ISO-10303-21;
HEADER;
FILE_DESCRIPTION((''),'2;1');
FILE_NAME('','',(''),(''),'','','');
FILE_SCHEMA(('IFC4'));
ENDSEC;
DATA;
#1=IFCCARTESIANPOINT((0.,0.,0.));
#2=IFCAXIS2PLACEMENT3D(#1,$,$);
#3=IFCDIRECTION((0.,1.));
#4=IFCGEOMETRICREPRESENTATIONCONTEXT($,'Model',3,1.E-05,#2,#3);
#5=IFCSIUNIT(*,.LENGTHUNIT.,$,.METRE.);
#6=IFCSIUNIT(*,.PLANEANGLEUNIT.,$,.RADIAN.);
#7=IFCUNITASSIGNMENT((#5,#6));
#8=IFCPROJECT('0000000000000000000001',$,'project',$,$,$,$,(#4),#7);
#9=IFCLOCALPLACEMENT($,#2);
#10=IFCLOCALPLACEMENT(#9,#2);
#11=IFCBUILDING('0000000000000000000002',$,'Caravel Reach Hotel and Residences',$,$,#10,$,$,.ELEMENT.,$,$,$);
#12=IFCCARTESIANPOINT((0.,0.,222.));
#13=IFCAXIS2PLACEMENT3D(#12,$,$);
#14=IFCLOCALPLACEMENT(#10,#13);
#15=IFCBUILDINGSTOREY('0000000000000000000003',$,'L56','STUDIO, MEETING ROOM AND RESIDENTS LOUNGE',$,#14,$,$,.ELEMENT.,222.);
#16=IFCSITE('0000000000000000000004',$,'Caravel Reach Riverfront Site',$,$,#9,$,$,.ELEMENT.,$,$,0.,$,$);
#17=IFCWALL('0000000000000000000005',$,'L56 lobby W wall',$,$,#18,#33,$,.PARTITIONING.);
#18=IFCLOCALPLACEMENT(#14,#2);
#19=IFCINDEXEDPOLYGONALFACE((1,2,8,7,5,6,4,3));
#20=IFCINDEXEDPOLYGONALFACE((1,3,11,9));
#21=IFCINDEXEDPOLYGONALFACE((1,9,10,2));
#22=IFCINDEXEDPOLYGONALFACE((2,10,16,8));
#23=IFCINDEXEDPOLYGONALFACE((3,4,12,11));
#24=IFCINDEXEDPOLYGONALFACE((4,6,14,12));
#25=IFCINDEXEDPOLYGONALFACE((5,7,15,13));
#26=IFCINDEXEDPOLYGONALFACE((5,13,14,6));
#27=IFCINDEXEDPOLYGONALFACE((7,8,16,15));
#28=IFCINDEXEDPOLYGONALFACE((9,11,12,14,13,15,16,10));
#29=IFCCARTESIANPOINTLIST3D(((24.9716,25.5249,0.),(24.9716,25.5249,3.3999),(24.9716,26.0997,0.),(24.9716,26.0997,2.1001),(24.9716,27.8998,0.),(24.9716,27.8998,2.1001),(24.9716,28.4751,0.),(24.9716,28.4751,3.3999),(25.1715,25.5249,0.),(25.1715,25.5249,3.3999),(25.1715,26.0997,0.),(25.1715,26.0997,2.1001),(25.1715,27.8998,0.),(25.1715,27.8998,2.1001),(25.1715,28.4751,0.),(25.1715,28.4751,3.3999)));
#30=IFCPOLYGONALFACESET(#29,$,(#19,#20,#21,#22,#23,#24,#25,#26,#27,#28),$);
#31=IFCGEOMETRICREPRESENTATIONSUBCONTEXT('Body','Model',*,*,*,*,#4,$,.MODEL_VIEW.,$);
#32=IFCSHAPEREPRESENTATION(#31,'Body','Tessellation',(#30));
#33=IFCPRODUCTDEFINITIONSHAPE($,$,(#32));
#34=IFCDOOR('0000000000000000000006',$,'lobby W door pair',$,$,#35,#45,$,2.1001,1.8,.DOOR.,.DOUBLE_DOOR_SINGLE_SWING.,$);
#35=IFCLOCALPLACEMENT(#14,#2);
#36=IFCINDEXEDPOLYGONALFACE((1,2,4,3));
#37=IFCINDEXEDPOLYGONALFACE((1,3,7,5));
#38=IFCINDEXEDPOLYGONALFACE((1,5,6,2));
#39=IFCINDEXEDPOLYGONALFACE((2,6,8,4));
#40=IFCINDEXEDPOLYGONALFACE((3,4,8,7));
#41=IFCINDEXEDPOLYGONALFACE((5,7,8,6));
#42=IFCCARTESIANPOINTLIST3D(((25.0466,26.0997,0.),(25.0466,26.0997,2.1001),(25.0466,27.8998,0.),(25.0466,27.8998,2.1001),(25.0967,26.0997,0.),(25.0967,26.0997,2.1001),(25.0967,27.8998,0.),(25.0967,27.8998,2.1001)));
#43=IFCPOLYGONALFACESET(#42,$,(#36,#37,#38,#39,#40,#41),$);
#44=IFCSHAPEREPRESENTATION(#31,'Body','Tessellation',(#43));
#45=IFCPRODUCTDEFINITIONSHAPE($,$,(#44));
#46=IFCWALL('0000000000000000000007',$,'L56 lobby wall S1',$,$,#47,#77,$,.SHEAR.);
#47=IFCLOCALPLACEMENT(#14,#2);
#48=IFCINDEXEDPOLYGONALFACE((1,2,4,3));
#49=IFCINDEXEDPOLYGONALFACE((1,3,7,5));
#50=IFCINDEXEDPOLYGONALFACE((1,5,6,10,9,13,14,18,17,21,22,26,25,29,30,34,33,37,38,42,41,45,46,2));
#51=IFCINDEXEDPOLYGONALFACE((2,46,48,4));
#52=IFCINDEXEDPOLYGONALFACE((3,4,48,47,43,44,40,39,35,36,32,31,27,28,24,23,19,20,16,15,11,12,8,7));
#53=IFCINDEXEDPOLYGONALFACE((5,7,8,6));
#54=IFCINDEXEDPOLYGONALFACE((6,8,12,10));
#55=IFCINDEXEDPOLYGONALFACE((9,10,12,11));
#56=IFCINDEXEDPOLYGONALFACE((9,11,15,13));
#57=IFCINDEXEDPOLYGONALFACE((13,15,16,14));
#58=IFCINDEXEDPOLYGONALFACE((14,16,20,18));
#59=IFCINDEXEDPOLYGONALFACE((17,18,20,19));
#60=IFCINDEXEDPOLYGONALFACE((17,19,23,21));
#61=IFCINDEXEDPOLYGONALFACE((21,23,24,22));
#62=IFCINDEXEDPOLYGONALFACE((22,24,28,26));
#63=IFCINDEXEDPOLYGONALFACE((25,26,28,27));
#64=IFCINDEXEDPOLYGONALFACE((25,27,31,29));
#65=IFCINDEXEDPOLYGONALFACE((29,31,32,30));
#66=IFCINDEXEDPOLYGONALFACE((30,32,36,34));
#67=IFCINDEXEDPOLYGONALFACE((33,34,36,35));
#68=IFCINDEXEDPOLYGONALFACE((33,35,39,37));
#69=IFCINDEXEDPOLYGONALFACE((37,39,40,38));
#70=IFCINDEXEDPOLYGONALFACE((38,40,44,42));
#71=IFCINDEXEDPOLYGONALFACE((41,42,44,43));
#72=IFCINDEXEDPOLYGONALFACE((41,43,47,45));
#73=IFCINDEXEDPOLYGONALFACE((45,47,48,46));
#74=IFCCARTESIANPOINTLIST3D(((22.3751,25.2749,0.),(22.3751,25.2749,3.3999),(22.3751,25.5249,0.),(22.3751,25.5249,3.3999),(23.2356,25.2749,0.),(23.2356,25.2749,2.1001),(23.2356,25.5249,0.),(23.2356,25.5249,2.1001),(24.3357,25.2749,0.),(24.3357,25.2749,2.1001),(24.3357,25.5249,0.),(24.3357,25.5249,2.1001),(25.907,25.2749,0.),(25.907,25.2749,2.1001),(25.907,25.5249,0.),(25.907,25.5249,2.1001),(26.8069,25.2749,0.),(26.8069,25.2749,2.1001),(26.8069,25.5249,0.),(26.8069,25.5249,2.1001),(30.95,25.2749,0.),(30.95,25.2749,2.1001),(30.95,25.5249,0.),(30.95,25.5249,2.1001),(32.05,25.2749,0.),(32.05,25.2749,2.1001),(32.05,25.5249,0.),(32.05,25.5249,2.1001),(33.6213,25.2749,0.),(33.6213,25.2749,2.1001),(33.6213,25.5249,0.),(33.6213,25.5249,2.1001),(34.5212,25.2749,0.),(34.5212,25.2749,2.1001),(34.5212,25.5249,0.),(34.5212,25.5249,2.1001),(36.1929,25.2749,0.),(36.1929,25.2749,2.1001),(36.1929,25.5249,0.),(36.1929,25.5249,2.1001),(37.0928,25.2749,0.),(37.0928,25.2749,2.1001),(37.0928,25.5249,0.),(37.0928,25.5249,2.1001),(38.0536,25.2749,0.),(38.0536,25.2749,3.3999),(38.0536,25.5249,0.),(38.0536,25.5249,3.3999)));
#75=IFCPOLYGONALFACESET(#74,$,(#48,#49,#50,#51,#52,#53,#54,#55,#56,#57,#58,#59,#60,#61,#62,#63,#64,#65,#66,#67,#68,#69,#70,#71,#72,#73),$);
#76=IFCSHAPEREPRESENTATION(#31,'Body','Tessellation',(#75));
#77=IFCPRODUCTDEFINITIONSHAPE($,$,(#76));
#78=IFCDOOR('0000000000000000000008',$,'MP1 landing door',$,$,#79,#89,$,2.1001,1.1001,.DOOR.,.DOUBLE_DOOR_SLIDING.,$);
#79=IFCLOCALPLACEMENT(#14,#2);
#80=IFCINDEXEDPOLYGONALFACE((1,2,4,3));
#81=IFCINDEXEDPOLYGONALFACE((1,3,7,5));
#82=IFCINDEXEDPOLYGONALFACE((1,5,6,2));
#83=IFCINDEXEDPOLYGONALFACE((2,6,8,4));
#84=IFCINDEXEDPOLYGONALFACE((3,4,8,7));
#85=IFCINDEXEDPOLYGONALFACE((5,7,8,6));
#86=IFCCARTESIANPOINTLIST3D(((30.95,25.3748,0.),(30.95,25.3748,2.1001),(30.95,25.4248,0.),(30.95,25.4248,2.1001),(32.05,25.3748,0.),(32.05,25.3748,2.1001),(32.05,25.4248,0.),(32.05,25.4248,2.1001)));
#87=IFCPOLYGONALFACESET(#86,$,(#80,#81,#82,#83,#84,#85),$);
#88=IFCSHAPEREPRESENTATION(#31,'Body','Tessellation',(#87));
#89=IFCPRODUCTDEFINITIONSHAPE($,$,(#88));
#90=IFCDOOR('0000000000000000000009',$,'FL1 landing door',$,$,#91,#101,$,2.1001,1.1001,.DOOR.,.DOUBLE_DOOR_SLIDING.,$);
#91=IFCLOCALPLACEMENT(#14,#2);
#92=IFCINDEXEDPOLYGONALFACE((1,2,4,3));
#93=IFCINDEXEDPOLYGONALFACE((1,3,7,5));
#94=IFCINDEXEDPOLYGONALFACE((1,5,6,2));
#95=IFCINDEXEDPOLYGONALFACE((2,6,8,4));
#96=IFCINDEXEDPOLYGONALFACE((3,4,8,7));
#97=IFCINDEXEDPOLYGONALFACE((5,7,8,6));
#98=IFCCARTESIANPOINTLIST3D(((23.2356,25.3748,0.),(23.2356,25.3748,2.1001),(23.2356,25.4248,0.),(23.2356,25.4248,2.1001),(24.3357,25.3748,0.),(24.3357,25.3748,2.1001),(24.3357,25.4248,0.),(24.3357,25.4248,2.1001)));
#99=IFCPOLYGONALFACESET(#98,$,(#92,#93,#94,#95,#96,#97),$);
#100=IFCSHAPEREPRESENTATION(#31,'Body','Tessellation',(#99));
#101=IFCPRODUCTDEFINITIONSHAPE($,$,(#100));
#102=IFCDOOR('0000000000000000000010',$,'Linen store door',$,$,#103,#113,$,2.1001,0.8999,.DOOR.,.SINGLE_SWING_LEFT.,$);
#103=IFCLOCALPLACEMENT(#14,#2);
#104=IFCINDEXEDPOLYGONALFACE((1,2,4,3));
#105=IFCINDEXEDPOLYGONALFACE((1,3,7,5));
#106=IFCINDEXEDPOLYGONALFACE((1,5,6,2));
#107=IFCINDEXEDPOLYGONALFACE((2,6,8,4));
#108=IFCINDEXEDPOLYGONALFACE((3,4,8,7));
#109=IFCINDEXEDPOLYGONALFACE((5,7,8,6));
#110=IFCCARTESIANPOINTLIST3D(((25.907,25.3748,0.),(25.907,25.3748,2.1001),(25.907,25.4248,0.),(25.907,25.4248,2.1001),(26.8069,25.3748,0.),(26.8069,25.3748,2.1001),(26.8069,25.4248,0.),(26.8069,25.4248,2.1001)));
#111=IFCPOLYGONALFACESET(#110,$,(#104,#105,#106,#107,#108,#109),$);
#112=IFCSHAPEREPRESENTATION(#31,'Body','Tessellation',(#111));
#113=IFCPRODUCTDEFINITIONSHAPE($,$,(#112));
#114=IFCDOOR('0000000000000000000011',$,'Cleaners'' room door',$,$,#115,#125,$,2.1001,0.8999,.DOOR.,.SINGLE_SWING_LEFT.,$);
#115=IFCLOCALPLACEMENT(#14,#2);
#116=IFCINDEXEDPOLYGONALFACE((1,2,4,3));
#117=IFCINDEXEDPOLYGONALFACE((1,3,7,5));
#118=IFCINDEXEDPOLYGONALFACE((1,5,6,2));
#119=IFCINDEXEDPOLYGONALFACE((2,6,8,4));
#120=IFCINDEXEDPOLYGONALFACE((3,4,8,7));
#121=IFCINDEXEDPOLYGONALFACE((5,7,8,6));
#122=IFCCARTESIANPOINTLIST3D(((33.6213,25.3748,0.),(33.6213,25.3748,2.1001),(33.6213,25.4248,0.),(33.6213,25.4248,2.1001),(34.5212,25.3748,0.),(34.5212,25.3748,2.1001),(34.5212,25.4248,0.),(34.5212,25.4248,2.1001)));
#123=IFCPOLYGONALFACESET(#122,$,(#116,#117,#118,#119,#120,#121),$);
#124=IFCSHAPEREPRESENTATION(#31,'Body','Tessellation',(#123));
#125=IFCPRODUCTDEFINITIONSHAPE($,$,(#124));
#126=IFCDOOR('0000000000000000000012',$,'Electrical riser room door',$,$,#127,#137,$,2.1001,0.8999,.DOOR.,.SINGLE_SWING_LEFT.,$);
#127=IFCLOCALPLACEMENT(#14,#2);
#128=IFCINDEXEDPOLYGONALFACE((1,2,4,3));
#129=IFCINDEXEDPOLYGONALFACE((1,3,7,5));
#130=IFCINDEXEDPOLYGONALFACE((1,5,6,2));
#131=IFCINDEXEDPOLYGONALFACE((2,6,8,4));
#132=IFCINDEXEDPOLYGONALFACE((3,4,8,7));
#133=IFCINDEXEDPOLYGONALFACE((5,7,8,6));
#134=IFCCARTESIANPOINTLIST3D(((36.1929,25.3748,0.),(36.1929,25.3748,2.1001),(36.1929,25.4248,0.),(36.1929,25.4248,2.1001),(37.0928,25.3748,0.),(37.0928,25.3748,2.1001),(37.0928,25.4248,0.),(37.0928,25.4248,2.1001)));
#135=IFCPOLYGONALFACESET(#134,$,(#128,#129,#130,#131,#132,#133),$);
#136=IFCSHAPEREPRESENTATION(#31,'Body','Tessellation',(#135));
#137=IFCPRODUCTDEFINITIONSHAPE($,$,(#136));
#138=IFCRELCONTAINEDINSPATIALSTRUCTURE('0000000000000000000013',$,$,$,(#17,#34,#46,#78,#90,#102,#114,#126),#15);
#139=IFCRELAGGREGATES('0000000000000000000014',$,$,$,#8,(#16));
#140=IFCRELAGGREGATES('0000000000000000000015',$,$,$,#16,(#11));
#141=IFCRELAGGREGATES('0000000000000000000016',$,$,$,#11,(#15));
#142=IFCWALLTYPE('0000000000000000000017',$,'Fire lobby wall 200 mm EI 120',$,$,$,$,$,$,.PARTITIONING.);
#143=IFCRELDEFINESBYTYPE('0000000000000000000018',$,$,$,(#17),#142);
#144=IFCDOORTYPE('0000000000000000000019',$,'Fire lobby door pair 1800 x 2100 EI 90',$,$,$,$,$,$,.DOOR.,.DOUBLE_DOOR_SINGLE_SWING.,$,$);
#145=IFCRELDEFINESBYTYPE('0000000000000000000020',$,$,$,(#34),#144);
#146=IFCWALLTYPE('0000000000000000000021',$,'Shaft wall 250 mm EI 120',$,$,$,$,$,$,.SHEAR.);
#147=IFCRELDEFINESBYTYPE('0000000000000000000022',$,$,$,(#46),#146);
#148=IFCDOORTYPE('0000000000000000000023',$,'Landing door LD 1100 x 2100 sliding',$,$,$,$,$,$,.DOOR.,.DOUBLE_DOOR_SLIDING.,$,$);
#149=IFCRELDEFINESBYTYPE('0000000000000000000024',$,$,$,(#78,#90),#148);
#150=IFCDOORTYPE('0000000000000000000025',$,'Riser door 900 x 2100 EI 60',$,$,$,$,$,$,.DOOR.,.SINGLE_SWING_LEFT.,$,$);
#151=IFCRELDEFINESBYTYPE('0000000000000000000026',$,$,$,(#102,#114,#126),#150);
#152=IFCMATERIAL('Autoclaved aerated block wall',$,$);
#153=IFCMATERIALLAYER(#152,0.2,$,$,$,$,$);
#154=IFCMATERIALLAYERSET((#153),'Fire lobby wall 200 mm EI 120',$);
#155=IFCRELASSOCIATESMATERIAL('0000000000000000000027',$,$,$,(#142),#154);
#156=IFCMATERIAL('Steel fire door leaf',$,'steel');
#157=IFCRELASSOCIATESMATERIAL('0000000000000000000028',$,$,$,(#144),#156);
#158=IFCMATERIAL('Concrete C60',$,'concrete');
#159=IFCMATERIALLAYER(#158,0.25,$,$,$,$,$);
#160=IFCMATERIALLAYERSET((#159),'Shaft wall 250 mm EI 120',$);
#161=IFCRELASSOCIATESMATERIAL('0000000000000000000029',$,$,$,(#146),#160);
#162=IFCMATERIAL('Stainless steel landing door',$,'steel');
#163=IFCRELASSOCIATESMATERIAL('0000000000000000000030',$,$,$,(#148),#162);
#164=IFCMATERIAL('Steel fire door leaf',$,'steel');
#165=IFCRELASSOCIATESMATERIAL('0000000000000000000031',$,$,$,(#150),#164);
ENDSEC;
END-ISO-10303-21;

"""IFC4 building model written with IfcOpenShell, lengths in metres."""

from ifc_helpers import new_model, si_unit, direction, frame, frame_2d, origin, place, context, subcontext, project, spatial, rectangle, extrude, material, layer, layer_set, type_object, element, fill, save


model = new_model("IFC4")

# Units and contexts
model_context = context("Model", 3, precision=1e-05, world=origin(), true_north=direction((0.0, 1.0)))
body_context = subcontext(model_context, "Body", "Model", "MODEL_VIEW")
ifc_project = project(units=[si_unit("LENGTHUNIT", "METRE"), si_unit("PLANEANGLEUNIT", "RADIAN")], contexts=[model_context])

# Site, building, storey
site_placement = place(None, origin())
site = spatial("IfcSite", under=ifc_project, at=site_placement, Name="Caravel Reach Riverfront Site", CompositionType="ELEMENT", RefElevation=0.0)
building_placement = place(site_placement, origin())
building = spatial("IfcBuilding", under=site, at=building_placement, Name="Caravel Reach Hotel and Residences", CompositionType="ELEMENT")
storey_placement = place(building_placement, frame((0.0, 0.0, 222.0)))
storey = spatial("IfcBuildingStorey", under=building, at=storey_placement, Name="L56", Description="STUDIO, MEETING ROOM AND RESIDENTS LOUNGE", CompositionType="ELEMENT", Elevation=222.0)

# Wall, opening, door
ifc_material_1 = material(Name="Autoclaved aerated block wall")
ifc_layer_1 = layer(ifc_material_1, 0.2)
ifc_layer_set_1 = layer_set([ifc_layer_1], Name="Fire lobby wall 200 mm EI 120")
wall_type_1 = type_object("IfcWallType", Name="Fire lobby wall 200 mm EI 120", PredefinedType="PARTITIONING", material=ifc_layer_set_1)
wall_1_placement = place(storey_placement, frame((25.0715, 25.5249, 0.0), z_axis=(0.0, 0.0, 1.0), x_axis=(0.0, 1.0, 0.0)))
wall_1 = element("IfcWall", 1, at=wall_1_placement, inside=storey, type_object=wall_type_1, Name="L56 lobby W wall", PredefinedType="PARTITIONING", context=body_context, shape_type="SweptSolid", body=[
    extrude(rectangle(XDim=2.9502, YDim=0.2, at=frame_2d((1.4751, 0.0))), origin(), (0.0, 0.0, 1.0), 3.3999),
])
opening_1_placement = place(wall_1_placement, frame((0.575, 0.0, 0.0)))
opening_1 = element("IfcOpeningElement", 2, at=opening_1_placement, cuts=wall_1, PredefinedType="OPENING", context=body_context, shape_type="SweptSolid", body=[
    extrude(rectangle(XDim=1.8, YDim=2.1001, at=frame_2d((0.8999, 1.05))), frame((0.0, 0.1099, 0.0), z_axis=(0.0, -1.0, 0.0), x_axis=(1.0, 0.0, 0.0)), (0.0, 0.0, 1.0), 0.22),
])
ifc_material_2 = material(Name="Steel fire door leaf", Category="steel")
door_type_1 = type_object("IfcDoorType", Name="Fire lobby door pair 1800 x 2100 EI 90", OperationType="DOUBLE_DOOR_SINGLE_SWING", PredefinedType="DOOR", material=ifc_material_2)
door_1_placement = place(opening_1_placement, origin())
door_1 = element("IfcDoor", 3, at=door_1_placement, inside=storey, type_object=door_type_1, Name="lobby W door pair", OperationType="DOUBLE_DOOR_SINGLE_SWING", OverallHeight=2.1001, OverallWidth=1.8, PredefinedType="DOOR", context=body_context, shape_type="SweptSolid", body=[
    extrude(rectangle(XDim=1.8, YDim=2.1001, at=frame_2d((0.8999, 1.05))), frame((0.0, 0.0249, 0.0), z_axis=(0.0, -1.0, 0.0), x_axis=(1.0, 0.0, 0.0)), (0.0, 0.0, 1.0), 0.05),
])
fill(opening_1, door_1)

# Wall, openings, doors
ifc_material_3 = material(Name="Concrete C60", Category="concrete")
ifc_layer_2 = layer(ifc_material_3, 0.25)
ifc_layer_set_2 = layer_set([ifc_layer_2], Name="Shaft wall 250 mm EI 120")
wall_type_2 = type_object("IfcWallType", Name="Shaft wall 250 mm EI 120", PredefinedType="SHEAR", material=ifc_layer_set_2)
wall_2_placement = place(storey_placement, frame((22.375, 25.3999, 0.0), z_axis=(0.0, 0.0, 1.0), x_axis=(1.0, 0.0, 0.0)))
wall_2 = element("IfcWall", 4, at=wall_2_placement, inside=storey, type_object=wall_type_2, Name="L56 lobby wall S1", PredefinedType="SHEAR", context=body_context, shape_type="SweptSolid", body=[
    extrude(rectangle(XDim=15.6785, YDim=0.25, at=frame_2d((7.8394, 0.0))), origin(), (0.0, 0.0, 1.0), 3.3999),
])
opening_2_placement = place(wall_2_placement, frame((8.575, 0.0, 0.0)))
opening_2 = element("IfcOpeningElement", 5, at=opening_2_placement, cuts=wall_2, PredefinedType="OPENING", context=body_context, shape_type="SweptSolid", body=[
    extrude(rectangle(XDim=1.1001, YDim=2.1001, at=frame_2d((0.55, 1.05))), frame((0.0, 0.135, 0.0), z_axis=(0.0, -1.0, 0.0), x_axis=(1.0, 0.0, 0.0)), (0.0, 0.0, 1.0), 0.27),
])
opening_3_placement = place(wall_2_placement, frame((0.8606, 0.0, 0.0)))
opening_3 = element("IfcOpeningElement", 6, at=opening_3_placement, cuts=wall_2, PredefinedType="OPENING", context=body_context, shape_type="SweptSolid", body=[
    extrude(rectangle(XDim=1.1001, YDim=2.1001, at=frame_2d((0.55, 1.05))), frame((0.0, 0.135, 0.0), z_axis=(0.0, -1.0, 0.0), x_axis=(1.0, 0.0, 0.0)), (0.0, 0.0, 1.0), 0.27),
])
opening_4_placement = place(wall_2_placement, frame((3.532, 0.0, 0.0)))
opening_4 = element("IfcOpeningElement", 7, at=opening_4_placement, cuts=wall_2, PredefinedType="OPENING", context=body_context, shape_type="SweptSolid", body=[
    extrude(rectangle(XDim=0.8999, YDim=2.1001, at=frame_2d((0.45, 1.05))), frame((0.0, 0.135, 0.0), z_axis=(0.0, -1.0, 0.0), x_axis=(1.0, 0.0, 0.0)), (0.0, 0.0, 1.0), 0.27),
])
opening_5_placement = place(wall_2_placement, frame((11.2463, 0.0, 0.0)))
opening_5 = element("IfcOpeningElement", 8, at=opening_5_placement, cuts=wall_2, PredefinedType="OPENING", context=body_context, shape_type="SweptSolid", body=[
    extrude(rectangle(XDim=0.8999, YDim=2.1001, at=frame_2d((0.45, 1.05))), frame((0.0, 0.135, 0.0), z_axis=(0.0, -1.0, 0.0), x_axis=(1.0, 0.0, 0.0)), (0.0, 0.0, 1.0), 0.27),
])
opening_6_placement = place(wall_2_placement, frame((13.8179, 0.0, 0.0)))
opening_6 = element("IfcOpeningElement", 9, at=opening_6_placement, cuts=wall_2, PredefinedType="OPENING", context=body_context, shape_type="SweptSolid", body=[
    extrude(rectangle(XDim=0.8999, YDim=2.1001, at=frame_2d((0.45, 1.05))), frame((0.0, 0.135, 0.0), z_axis=(0.0, -1.0, 0.0), x_axis=(1.0, 0.0, 0.0)), (0.0, 0.0, 1.0), 0.27),
])
ifc_material_4 = material(Name="Stainless steel landing door", Category="steel")
door_type_2 = type_object("IfcDoorType", Name="Landing door LD 1100 x 2100 sliding", OperationType="DOUBLE_DOOR_SLIDING", PredefinedType="DOOR", material=ifc_material_4)
door_2_placement = place(opening_2_placement, origin())
door_2 = element("IfcDoor", 10, at=door_2_placement, inside=storey, type_object=door_type_2, Name="MP1 landing door", OperationType="DOUBLE_DOOR_SLIDING", OverallHeight=2.1001, OverallWidth=1.1001, PredefinedType="DOOR", context=body_context, shape_type="SweptSolid", body=[
    extrude(rectangle(XDim=1.1001, YDim=2.1001, at=frame_2d((0.55, 1.05))), frame((0.0, 0.0249, 0.0), z_axis=(0.0, -1.0, 0.0), x_axis=(1.0, 0.0, 0.0)), (0.0, 0.0, 1.0), 0.05),
])
fill(opening_2, door_2)
door_3_placement = place(opening_3_placement, origin())
door_3 = element("IfcDoor", 11, at=door_3_placement, inside=storey, type_object=door_type_2, Name="FL1 landing door", OperationType="DOUBLE_DOOR_SLIDING", OverallHeight=2.1001, OverallWidth=1.1001, PredefinedType="DOOR", context=body_context, shape_type="SweptSolid", body=[
    extrude(rectangle(XDim=1.1001, YDim=2.1001, at=frame_2d((0.55, 1.05))), frame((0.0, 0.0249, 0.0), z_axis=(0.0, -1.0, 0.0), x_axis=(1.0, 0.0, 0.0)), (0.0, 0.0, 1.0), 0.05),
])
fill(opening_3, door_3)
ifc_material_5 = material(Name="Steel fire door leaf", Category="steel")
door_type_3 = type_object("IfcDoorType", Name="Riser door 900 x 2100 EI 60", OperationType="SINGLE_SWING_LEFT", PredefinedType="DOOR", material=ifc_material_5)
door_4_placement = place(opening_4_placement, origin())
door_4 = element("IfcDoor", 12, at=door_4_placement, inside=storey, type_object=door_type_3, Name="Linen store door", OperationType="SINGLE_SWING_LEFT", OverallHeight=2.1001, OverallWidth=0.8999, PredefinedType="DOOR", context=body_context, shape_type="SweptSolid", body=[
    extrude(rectangle(XDim=0.8999, YDim=2.1001, at=frame_2d((0.45, 1.05))), frame((0.0, 0.0249, 0.0), z_axis=(0.0, -1.0, 0.0), x_axis=(1.0, 0.0, 0.0)), (0.0, 0.0, 1.0), 0.05),
])
fill(opening_4, door_4)
door_5_placement = place(opening_5_placement, origin())
door_5 = element("IfcDoor", 13, at=door_5_placement, inside=storey, type_object=door_type_3, Name="Cleaners' room door", OperationType="SINGLE_SWING_LEFT", OverallHeight=2.1001, OverallWidth=0.8999, PredefinedType="DOOR", context=body_context, shape_type="SweptSolid", body=[
    extrude(rectangle(XDim=0.8999, YDim=2.1001, at=frame_2d((0.45, 1.05))), frame((0.0, 0.0249, 0.0), z_axis=(0.0, -1.0, 0.0), x_axis=(1.0, 0.0, 0.0)), (0.0, 0.0, 1.0), 0.05),
])
fill(opening_5, door_5)
door_6_placement = place(opening_6_placement, origin())
door_6 = element("IfcDoor", 14, at=door_6_placement, inside=storey, type_object=door_type_3, Name="Electrical riser room door", OperationType="SINGLE_SWING_LEFT", OverallHeight=2.1001, OverallWidth=0.8999, PredefinedType="DOOR", context=body_context, shape_type="SweptSolid", body=[
    extrude(rectangle(XDim=0.8999, YDim=2.1001, at=frame_2d((0.45, 1.05))), frame((0.0, 0.0249, 0.0), z_axis=(0.0, -1.0, 0.0), x_axis=(1.0, 0.0, 0.0)), (0.0, 0.0, 1.0), 0.05),
])
fill(opening_6, door_6)

save(model, "model.ifc")
